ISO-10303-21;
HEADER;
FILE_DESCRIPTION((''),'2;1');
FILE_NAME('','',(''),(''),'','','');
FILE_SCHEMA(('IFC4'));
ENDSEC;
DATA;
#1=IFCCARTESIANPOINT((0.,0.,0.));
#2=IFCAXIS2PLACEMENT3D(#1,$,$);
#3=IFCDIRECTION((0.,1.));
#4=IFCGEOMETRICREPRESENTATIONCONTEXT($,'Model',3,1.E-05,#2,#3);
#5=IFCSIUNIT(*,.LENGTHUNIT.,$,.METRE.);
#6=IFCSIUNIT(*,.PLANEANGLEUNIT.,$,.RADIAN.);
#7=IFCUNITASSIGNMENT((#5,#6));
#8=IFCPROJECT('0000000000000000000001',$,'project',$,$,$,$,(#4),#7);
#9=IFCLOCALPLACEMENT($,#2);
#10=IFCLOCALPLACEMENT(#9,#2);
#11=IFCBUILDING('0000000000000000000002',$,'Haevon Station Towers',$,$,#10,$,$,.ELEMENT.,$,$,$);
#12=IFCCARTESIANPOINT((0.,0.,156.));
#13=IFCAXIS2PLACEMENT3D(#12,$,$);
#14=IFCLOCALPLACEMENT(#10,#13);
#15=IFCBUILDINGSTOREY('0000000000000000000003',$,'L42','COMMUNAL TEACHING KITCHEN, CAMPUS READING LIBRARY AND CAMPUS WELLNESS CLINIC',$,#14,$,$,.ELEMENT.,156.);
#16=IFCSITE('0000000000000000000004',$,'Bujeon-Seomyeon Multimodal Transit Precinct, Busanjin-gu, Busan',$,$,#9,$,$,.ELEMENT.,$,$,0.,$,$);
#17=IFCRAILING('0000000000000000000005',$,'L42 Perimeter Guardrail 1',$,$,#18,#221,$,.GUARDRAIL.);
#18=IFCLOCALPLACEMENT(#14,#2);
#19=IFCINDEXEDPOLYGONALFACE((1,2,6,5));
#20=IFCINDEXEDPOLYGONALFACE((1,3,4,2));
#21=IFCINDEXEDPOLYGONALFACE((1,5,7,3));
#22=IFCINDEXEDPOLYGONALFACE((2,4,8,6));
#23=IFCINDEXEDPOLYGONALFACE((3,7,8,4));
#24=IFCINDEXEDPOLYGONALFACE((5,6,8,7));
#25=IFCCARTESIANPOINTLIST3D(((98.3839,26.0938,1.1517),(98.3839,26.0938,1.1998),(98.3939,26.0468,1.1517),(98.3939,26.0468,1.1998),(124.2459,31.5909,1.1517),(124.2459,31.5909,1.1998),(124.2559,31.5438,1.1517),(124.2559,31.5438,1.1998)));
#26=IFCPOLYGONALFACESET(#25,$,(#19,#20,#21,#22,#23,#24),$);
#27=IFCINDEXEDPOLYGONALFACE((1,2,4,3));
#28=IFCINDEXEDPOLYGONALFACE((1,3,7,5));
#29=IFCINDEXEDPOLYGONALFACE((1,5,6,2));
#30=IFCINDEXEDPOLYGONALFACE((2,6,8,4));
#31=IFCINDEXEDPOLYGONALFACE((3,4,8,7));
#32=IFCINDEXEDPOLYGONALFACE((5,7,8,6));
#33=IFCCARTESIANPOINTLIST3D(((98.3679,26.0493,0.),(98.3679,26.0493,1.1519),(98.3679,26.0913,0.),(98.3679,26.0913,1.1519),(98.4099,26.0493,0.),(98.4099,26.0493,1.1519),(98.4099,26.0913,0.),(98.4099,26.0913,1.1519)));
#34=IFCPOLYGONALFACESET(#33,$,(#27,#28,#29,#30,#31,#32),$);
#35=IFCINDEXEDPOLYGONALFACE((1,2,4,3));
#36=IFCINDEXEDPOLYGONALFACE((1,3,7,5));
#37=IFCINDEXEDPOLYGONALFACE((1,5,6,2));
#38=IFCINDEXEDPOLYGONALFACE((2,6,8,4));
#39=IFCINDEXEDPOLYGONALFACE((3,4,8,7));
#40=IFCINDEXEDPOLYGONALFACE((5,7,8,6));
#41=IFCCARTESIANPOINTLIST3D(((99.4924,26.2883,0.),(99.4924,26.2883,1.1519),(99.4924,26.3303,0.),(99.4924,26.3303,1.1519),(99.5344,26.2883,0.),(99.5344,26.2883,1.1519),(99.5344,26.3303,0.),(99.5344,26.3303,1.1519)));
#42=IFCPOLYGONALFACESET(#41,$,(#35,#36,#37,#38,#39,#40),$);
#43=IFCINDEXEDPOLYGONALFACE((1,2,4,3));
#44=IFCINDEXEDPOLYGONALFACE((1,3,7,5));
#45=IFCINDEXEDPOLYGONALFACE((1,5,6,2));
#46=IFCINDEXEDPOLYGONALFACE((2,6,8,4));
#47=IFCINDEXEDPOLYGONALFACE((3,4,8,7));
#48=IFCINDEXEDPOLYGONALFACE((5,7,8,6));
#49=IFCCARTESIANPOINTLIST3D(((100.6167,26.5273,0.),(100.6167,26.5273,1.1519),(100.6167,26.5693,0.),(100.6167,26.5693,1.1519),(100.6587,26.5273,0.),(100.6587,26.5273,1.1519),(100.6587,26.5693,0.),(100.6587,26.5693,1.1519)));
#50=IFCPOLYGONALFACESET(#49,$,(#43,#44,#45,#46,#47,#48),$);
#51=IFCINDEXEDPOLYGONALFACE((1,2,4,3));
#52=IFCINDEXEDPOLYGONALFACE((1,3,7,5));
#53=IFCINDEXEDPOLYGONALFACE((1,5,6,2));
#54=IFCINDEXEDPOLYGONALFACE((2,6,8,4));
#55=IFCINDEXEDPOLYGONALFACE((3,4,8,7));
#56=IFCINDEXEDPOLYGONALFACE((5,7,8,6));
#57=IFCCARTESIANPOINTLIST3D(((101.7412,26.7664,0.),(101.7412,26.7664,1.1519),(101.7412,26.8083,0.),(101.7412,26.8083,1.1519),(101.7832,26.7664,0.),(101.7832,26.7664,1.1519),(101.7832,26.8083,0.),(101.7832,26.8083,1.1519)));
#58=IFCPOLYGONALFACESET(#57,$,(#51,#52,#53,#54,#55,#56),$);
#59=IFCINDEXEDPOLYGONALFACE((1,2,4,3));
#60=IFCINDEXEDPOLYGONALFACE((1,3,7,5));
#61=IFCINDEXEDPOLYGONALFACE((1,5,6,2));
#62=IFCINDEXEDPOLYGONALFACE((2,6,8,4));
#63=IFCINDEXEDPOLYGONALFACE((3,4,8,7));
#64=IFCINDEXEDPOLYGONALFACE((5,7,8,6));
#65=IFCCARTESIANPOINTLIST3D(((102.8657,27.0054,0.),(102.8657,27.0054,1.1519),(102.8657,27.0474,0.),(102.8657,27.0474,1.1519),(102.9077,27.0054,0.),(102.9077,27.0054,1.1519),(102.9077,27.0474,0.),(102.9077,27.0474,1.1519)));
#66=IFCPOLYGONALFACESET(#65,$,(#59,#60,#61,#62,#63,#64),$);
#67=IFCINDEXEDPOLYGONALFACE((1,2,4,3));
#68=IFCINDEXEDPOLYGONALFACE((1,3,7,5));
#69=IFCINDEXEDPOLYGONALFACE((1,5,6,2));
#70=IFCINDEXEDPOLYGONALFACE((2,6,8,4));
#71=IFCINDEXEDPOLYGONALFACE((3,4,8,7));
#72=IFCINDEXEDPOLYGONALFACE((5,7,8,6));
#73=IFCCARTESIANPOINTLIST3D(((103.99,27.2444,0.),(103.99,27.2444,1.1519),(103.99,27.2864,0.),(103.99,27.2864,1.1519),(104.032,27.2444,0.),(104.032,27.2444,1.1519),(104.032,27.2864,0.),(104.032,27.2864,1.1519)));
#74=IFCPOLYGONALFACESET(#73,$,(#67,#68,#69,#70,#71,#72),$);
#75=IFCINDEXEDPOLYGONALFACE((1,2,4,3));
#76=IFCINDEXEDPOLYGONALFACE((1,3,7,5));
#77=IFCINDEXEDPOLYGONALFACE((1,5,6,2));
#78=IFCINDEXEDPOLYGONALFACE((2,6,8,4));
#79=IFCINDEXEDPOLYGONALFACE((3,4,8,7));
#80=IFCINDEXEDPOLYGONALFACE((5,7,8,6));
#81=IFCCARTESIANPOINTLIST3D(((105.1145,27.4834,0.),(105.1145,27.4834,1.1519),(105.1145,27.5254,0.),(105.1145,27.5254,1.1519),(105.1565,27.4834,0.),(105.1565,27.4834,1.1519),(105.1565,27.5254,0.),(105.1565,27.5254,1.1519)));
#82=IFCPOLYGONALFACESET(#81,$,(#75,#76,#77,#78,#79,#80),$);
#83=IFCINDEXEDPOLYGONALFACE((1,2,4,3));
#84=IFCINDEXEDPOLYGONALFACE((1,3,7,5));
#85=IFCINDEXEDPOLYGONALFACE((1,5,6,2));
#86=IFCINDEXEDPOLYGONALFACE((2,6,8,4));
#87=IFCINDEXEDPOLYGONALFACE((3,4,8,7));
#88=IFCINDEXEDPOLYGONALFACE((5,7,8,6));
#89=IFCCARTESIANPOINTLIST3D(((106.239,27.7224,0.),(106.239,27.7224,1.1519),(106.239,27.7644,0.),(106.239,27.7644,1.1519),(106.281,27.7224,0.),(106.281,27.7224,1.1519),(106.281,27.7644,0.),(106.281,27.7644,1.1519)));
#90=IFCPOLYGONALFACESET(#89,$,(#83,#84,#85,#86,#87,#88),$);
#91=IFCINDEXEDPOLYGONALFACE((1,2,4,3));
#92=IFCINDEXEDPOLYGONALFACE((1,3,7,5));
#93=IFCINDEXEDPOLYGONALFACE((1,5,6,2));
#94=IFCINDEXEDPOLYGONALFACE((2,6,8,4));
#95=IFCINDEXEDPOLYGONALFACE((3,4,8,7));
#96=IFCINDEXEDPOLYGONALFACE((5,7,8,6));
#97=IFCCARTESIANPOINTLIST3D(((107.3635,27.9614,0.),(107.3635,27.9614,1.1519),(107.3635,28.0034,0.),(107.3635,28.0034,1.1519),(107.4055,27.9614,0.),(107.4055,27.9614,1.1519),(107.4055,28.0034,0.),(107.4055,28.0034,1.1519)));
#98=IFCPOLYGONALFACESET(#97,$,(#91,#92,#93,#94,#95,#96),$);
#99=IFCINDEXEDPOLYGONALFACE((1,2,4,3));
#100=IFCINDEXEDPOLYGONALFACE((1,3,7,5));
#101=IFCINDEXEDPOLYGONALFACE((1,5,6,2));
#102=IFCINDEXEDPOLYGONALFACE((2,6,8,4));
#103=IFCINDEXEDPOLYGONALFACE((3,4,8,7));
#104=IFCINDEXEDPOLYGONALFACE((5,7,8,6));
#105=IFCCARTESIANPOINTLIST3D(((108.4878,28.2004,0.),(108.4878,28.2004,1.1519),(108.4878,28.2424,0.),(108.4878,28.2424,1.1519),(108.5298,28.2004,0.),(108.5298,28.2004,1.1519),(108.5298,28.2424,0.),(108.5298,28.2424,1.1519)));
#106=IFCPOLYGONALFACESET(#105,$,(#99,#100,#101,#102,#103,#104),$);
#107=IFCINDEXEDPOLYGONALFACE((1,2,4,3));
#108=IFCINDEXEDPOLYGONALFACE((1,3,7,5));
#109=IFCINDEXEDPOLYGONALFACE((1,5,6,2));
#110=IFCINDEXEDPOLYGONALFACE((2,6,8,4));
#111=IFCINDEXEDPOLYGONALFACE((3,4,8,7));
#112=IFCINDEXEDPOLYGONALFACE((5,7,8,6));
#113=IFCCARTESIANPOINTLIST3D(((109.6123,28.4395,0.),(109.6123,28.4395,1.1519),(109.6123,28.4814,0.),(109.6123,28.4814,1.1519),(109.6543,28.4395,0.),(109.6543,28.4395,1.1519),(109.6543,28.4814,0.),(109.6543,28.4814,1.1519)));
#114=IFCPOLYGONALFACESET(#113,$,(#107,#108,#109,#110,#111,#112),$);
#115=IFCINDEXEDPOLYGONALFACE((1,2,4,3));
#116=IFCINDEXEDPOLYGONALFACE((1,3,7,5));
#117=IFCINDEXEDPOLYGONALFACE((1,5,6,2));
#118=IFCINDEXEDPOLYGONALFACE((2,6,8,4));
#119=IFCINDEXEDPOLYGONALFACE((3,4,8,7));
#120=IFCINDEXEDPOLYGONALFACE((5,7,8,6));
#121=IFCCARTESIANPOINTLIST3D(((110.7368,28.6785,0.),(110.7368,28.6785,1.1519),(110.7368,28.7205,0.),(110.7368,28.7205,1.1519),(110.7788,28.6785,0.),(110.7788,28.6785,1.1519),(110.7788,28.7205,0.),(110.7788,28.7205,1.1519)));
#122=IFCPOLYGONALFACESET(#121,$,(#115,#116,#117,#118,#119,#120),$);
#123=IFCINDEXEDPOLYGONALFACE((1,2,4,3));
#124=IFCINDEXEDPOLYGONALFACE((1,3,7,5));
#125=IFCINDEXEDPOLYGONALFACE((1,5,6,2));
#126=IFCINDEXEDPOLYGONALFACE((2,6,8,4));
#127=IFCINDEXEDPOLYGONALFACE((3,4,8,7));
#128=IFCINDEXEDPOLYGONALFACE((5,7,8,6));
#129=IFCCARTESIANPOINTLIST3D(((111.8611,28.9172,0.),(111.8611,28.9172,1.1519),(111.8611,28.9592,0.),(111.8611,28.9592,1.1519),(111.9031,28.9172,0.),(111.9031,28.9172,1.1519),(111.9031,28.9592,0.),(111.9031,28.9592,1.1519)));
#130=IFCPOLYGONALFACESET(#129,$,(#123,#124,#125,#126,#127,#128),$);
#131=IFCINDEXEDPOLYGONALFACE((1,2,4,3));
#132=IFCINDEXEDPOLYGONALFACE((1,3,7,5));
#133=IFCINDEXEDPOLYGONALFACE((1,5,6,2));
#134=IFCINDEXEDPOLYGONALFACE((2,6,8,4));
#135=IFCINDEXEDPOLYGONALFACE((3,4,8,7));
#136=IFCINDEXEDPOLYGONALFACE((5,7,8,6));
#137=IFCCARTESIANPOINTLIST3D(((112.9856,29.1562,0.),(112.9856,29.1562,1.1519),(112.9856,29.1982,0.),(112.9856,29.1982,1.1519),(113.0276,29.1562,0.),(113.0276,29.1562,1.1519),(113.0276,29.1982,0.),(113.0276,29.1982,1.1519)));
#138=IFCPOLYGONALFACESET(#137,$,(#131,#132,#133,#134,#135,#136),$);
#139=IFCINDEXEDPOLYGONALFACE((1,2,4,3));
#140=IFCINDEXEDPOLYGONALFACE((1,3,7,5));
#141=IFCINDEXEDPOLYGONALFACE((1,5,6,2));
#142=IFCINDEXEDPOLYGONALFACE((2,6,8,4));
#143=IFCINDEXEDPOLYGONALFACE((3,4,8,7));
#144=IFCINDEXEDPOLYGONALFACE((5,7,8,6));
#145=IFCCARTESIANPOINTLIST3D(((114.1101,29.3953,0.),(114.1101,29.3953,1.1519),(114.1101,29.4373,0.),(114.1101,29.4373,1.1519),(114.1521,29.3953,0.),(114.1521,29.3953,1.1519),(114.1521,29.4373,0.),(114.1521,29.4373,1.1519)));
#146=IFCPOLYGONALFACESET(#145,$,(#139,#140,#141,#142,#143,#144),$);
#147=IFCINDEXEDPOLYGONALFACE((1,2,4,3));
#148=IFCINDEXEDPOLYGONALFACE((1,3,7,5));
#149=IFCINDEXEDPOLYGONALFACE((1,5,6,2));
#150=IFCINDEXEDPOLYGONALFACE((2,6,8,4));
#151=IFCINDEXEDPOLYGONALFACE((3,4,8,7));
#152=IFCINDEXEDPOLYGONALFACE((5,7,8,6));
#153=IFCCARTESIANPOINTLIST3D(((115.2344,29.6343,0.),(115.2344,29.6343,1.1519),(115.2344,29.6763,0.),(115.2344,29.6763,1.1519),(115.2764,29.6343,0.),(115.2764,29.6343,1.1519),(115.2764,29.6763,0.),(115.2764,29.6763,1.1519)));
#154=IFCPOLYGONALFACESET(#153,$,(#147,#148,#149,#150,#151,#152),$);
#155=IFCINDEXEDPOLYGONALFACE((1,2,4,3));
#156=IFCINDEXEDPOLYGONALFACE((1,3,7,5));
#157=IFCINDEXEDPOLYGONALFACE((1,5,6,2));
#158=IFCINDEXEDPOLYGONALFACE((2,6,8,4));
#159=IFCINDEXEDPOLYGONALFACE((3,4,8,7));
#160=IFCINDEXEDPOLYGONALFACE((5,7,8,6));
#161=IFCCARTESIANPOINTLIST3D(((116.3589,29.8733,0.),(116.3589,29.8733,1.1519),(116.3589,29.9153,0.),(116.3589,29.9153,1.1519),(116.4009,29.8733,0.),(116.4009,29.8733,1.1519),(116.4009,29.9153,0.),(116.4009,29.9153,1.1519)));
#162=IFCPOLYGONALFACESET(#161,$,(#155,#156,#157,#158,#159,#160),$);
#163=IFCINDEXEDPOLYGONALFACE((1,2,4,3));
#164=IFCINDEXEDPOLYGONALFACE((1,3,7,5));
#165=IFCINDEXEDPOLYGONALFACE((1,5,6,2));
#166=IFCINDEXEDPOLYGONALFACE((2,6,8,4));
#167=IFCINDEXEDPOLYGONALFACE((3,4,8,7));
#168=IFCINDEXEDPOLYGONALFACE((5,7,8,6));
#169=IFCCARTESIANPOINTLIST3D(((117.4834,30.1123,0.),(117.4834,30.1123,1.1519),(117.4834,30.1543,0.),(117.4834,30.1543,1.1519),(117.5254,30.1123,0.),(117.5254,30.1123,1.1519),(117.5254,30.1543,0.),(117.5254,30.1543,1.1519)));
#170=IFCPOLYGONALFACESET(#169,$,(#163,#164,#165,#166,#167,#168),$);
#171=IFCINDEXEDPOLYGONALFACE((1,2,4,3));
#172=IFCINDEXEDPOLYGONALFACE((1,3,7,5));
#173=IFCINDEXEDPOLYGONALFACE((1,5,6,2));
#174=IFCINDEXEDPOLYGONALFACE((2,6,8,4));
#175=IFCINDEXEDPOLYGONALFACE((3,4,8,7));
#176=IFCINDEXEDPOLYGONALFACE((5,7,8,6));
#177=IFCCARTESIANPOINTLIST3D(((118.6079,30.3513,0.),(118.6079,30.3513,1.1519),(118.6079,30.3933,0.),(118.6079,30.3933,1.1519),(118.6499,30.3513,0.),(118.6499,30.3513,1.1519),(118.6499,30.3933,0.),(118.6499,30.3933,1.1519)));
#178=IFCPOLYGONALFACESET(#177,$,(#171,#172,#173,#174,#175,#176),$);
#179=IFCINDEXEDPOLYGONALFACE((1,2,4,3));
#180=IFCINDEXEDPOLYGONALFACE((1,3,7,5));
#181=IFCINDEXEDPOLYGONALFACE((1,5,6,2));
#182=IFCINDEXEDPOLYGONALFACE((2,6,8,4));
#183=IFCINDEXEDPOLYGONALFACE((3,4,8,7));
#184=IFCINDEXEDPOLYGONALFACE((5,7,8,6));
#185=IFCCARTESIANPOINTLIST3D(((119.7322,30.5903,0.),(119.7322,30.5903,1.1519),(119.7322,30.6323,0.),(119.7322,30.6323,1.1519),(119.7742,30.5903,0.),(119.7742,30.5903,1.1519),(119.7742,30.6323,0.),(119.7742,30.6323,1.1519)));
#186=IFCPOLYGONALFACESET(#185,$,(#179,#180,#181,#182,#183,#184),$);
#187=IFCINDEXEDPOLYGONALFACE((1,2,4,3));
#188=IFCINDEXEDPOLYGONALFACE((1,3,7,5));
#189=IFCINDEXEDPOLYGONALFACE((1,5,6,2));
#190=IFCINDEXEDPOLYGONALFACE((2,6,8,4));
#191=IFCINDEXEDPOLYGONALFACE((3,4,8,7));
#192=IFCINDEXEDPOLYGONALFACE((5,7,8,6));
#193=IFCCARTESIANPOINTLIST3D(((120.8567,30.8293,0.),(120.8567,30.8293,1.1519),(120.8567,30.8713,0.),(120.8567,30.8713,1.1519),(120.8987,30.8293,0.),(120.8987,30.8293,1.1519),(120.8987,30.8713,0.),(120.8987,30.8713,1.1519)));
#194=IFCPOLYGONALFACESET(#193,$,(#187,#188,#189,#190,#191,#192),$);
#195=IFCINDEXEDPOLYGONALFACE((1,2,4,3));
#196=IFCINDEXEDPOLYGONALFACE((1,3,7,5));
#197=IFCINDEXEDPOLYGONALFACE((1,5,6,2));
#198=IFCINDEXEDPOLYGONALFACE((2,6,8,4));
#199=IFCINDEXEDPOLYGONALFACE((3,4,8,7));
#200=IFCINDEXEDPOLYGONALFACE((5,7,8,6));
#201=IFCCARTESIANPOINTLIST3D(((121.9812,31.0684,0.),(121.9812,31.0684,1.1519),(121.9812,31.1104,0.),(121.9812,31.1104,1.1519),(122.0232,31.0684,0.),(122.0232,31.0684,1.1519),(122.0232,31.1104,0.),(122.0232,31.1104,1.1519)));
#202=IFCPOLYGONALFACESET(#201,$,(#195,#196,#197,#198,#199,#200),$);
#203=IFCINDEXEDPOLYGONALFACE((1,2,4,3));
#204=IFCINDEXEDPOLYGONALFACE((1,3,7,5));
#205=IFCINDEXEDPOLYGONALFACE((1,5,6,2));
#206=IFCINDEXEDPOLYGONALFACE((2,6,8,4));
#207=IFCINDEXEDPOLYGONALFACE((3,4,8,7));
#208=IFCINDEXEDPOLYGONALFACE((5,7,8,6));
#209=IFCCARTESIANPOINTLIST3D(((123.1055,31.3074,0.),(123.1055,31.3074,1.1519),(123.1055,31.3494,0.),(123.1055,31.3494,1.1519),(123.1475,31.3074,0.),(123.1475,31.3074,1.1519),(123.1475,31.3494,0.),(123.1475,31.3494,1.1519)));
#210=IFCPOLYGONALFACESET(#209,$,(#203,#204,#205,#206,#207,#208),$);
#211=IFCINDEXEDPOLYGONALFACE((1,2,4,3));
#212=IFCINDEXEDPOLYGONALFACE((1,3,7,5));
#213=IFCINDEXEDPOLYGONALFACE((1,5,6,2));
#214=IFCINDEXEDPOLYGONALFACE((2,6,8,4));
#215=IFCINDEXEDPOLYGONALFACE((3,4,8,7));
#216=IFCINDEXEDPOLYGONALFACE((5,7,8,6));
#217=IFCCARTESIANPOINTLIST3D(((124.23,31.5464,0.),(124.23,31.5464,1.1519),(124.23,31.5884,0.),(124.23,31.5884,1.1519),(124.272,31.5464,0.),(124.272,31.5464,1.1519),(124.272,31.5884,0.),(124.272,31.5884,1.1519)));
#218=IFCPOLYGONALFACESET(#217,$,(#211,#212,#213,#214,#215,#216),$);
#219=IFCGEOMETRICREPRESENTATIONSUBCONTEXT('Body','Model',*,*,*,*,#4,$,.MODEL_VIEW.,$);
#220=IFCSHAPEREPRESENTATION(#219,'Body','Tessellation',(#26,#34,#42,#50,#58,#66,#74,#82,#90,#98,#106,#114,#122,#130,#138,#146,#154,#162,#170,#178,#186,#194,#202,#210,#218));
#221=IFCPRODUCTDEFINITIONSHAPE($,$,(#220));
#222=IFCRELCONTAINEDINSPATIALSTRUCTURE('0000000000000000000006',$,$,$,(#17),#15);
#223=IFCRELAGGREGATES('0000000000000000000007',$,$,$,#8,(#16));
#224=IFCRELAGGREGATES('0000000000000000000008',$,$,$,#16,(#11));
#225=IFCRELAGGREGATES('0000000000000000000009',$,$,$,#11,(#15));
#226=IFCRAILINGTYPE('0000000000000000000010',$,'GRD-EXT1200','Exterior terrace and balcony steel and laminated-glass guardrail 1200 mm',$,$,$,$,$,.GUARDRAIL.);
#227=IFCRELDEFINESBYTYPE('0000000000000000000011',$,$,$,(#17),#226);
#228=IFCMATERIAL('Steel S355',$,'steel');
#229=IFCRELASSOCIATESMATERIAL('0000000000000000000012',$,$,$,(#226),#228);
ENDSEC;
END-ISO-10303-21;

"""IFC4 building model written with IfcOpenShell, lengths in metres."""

from ifc_helpers import new_model, si_unit, direction, frame, origin, origin_2d, place, context, subcontext, project, spatial, rectangle, extrude, material, type_object, element, save


model = new_model("IFC4")

# Units and contexts
model_context = context("Model", 3, precision=1e-05, world=origin(), true_north=direction((0.0, 1.0)))
body_context = subcontext(model_context, "Body", "Model", "MODEL_VIEW")
ifc_project = project(units=[si_unit("LENGTHUNIT", "METRE"), si_unit("PLANEANGLEUNIT", "RADIAN")], contexts=[model_context])

# Site, building, storey
site_placement = place(None, origin())
site = spatial("IfcSite", under=ifc_project, at=site_placement, Name="Bujeon-Seomyeon Multimodal Transit Precinct, Busanjin-gu, Busan", CompositionType="ELEMENT", RefElevation=0.0)
building_placement = place(site_placement, origin())
building = spatial("IfcBuilding", under=site, at=building_placement, Name="Haevon Station Towers", CompositionType="ELEMENT")
storey_placement = place(building_placement, frame((0.0, 0.0, 156.0)))
storey = spatial("IfcBuildingStorey", under=building, at=storey_placement, Name="L42", Description="COMMUNAL TEACHING KITCHEN, CAMPUS READING LIBRARY AND CAMPUS WELLNESS CLINIC", CompositionType="ELEMENT", Elevation=156.0)

# Shared definitions
ifc_material_1 = material(Name="Steel S355", Category="steel")

# Railing
railing_type = type_object("IfcRailingType", Name="GRD-EXT1200", Description="Exterior terrace and balcony steel and laminated-glass guardrail 1200 mm", PredefinedType="GUARDRAIL", material=ifc_material_1)
railing_1_placement = place(storey_placement, frame((98.3889, 26.0703, 0.0)))
element("IfcRailing", 1, at=railing_1_placement, inside=storey, type_object=railing_type, Name="L42 Perimeter Guardrail 1", PredefinedType="GUARDRAIL", context=body_context, shape_type="SweptSolid", body=[
    extrude(rectangle(XDim=0.0481, YDim=0.0481, at=origin_2d()), frame((0.0, 0.0, 1.1758), z_axis=(0.978148, 0.207909, 0.0), x_axis=(-0.207909, 0.978148, 0.0)), (0.0, 0.0, 1.0), 26.4397),
    extrude(rectangle(XDim=0.042, YDim=0.042, at=origin_2d()), origin(), (0.0, 0.0, 1.0), 1.1519),
    extrude(rectangle(XDim=0.042, YDim=0.042, at=origin_2d()), frame((1.1245, 0.239, 0.0)), (0.0, 0.0, 1.0), 1.1519),
    extrude(rectangle(XDim=0.042, YDim=0.042, at=origin_2d()), frame((2.2488, 0.478, 0.0)), (0.0, 0.0, 1.0), 1.1519),
    extrude(rectangle(XDim=0.042, YDim=0.042, at=origin_2d()), frame((3.3733, 0.717, 0.0)), (0.0, 0.0, 1.0), 1.1519),
    extrude(rectangle(XDim=0.042, YDim=0.042, at=origin_2d()), frame((4.4978, 0.9561, 0.0)), (0.0, 0.0, 1.0), 1.1519),
    extrude(rectangle(XDim=0.042, YDim=0.042, at=origin_2d()), frame((5.6221, 1.1951, 0.0)), (0.0, 0.0, 1.0), 1.1519),
    extrude(rectangle(XDim=0.042, YDim=0.042, at=origin_2d()), frame((6.7466, 1.4341, 0.0)), (0.0, 0.0, 1.0), 1.1519),
    extrude(rectangle(XDim=0.042, YDim=0.042, at=origin_2d()), frame((7.8711, 1.6731, 0.0)), (0.0, 0.0, 1.0), 1.1519),
    extrude(rectangle(XDim=0.042, YDim=0.042, at=origin_2d()), frame((8.9956, 1.9121, 0.0)), (0.0, 0.0, 1.0), 1.1519),
    extrude(rectangle(XDim=0.042, YDim=0.042, at=origin_2d()), frame((10.1199, 2.1511, 0.0)), (0.0, 0.0, 1.0), 1.1519),
    extrude(rectangle(XDim=0.042, YDim=0.042, at=origin_2d()), frame((11.2444, 2.3901, 0.0)), (0.0, 0.0, 1.0), 1.1519),
    extrude(rectangle(XDim=0.042, YDim=0.042, at=origin_2d()), frame((12.3689, 2.6292, 0.0)), (0.0, 0.0, 1.0), 1.1519),
    extrude(rectangle(XDim=0.042, YDim=0.042, at=origin_2d()), frame((13.4932, 2.8679, 0.0)), (0.0, 0.0, 1.0), 1.1519),
    extrude(rectangle(XDim=0.042, YDim=0.042, at=origin_2d()), frame((14.6177, 3.1069, 0.0)), (0.0, 0.0, 1.0), 1.1519),
    extrude(rectangle(XDim=0.042, YDim=0.042, at=origin_2d()), frame((15.7422, 3.3459, 0.0)), (0.0, 0.0, 1.0), 1.1519),
    extrude(rectangle(XDim=0.042, YDim=0.042, at=origin_2d()), frame((16.8665, 3.585, 0.0)), (0.0, 0.0, 1.0), 1.1519),
    extrude(rectangle(XDim=0.042, YDim=0.042, at=origin_2d()), frame((17.991, 3.824, 0.0)), (0.0, 0.0, 1.0), 1.1519),
    extrude(rectangle(XDim=0.042, YDim=0.042, at=origin_2d()), frame((19.1155, 4.063, 0.0)), (0.0, 0.0, 1.0), 1.1519),
    extrude(rectangle(XDim=0.042, YDim=0.042, at=origin_2d()), frame((20.24, 4.302, 0.0)), (0.0, 0.0, 1.0), 1.1519),
    extrude(rectangle(XDim=0.042, YDim=0.042, at=origin_2d()), frame((21.3643, 4.541, 0.0)), (0.0, 0.0, 1.0), 1.1519),
    extrude(rectangle(XDim=0.042, YDim=0.042, at=origin_2d()), frame((22.4888, 4.78, 0.0)), (0.0, 0.0, 1.0), 1.1519),
    extrude(rectangle(XDim=0.042, YDim=0.042, at=origin_2d()), frame((23.6133, 5.019, 0.0)), (0.0, 0.0, 1.0), 1.1519),
    extrude(rectangle(XDim=0.042, YDim=0.042, at=origin_2d()), frame((24.7375, 5.2581, 0.0)), (0.0, 0.0, 1.0), 1.1519),
    extrude(rectangle(XDim=0.042, YDim=0.042, at=origin_2d()), frame((25.8621, 5.4971, 0.0)), (0.0, 0.0, 1.0), 1.1519),
])

save(model, "model.ifc")
